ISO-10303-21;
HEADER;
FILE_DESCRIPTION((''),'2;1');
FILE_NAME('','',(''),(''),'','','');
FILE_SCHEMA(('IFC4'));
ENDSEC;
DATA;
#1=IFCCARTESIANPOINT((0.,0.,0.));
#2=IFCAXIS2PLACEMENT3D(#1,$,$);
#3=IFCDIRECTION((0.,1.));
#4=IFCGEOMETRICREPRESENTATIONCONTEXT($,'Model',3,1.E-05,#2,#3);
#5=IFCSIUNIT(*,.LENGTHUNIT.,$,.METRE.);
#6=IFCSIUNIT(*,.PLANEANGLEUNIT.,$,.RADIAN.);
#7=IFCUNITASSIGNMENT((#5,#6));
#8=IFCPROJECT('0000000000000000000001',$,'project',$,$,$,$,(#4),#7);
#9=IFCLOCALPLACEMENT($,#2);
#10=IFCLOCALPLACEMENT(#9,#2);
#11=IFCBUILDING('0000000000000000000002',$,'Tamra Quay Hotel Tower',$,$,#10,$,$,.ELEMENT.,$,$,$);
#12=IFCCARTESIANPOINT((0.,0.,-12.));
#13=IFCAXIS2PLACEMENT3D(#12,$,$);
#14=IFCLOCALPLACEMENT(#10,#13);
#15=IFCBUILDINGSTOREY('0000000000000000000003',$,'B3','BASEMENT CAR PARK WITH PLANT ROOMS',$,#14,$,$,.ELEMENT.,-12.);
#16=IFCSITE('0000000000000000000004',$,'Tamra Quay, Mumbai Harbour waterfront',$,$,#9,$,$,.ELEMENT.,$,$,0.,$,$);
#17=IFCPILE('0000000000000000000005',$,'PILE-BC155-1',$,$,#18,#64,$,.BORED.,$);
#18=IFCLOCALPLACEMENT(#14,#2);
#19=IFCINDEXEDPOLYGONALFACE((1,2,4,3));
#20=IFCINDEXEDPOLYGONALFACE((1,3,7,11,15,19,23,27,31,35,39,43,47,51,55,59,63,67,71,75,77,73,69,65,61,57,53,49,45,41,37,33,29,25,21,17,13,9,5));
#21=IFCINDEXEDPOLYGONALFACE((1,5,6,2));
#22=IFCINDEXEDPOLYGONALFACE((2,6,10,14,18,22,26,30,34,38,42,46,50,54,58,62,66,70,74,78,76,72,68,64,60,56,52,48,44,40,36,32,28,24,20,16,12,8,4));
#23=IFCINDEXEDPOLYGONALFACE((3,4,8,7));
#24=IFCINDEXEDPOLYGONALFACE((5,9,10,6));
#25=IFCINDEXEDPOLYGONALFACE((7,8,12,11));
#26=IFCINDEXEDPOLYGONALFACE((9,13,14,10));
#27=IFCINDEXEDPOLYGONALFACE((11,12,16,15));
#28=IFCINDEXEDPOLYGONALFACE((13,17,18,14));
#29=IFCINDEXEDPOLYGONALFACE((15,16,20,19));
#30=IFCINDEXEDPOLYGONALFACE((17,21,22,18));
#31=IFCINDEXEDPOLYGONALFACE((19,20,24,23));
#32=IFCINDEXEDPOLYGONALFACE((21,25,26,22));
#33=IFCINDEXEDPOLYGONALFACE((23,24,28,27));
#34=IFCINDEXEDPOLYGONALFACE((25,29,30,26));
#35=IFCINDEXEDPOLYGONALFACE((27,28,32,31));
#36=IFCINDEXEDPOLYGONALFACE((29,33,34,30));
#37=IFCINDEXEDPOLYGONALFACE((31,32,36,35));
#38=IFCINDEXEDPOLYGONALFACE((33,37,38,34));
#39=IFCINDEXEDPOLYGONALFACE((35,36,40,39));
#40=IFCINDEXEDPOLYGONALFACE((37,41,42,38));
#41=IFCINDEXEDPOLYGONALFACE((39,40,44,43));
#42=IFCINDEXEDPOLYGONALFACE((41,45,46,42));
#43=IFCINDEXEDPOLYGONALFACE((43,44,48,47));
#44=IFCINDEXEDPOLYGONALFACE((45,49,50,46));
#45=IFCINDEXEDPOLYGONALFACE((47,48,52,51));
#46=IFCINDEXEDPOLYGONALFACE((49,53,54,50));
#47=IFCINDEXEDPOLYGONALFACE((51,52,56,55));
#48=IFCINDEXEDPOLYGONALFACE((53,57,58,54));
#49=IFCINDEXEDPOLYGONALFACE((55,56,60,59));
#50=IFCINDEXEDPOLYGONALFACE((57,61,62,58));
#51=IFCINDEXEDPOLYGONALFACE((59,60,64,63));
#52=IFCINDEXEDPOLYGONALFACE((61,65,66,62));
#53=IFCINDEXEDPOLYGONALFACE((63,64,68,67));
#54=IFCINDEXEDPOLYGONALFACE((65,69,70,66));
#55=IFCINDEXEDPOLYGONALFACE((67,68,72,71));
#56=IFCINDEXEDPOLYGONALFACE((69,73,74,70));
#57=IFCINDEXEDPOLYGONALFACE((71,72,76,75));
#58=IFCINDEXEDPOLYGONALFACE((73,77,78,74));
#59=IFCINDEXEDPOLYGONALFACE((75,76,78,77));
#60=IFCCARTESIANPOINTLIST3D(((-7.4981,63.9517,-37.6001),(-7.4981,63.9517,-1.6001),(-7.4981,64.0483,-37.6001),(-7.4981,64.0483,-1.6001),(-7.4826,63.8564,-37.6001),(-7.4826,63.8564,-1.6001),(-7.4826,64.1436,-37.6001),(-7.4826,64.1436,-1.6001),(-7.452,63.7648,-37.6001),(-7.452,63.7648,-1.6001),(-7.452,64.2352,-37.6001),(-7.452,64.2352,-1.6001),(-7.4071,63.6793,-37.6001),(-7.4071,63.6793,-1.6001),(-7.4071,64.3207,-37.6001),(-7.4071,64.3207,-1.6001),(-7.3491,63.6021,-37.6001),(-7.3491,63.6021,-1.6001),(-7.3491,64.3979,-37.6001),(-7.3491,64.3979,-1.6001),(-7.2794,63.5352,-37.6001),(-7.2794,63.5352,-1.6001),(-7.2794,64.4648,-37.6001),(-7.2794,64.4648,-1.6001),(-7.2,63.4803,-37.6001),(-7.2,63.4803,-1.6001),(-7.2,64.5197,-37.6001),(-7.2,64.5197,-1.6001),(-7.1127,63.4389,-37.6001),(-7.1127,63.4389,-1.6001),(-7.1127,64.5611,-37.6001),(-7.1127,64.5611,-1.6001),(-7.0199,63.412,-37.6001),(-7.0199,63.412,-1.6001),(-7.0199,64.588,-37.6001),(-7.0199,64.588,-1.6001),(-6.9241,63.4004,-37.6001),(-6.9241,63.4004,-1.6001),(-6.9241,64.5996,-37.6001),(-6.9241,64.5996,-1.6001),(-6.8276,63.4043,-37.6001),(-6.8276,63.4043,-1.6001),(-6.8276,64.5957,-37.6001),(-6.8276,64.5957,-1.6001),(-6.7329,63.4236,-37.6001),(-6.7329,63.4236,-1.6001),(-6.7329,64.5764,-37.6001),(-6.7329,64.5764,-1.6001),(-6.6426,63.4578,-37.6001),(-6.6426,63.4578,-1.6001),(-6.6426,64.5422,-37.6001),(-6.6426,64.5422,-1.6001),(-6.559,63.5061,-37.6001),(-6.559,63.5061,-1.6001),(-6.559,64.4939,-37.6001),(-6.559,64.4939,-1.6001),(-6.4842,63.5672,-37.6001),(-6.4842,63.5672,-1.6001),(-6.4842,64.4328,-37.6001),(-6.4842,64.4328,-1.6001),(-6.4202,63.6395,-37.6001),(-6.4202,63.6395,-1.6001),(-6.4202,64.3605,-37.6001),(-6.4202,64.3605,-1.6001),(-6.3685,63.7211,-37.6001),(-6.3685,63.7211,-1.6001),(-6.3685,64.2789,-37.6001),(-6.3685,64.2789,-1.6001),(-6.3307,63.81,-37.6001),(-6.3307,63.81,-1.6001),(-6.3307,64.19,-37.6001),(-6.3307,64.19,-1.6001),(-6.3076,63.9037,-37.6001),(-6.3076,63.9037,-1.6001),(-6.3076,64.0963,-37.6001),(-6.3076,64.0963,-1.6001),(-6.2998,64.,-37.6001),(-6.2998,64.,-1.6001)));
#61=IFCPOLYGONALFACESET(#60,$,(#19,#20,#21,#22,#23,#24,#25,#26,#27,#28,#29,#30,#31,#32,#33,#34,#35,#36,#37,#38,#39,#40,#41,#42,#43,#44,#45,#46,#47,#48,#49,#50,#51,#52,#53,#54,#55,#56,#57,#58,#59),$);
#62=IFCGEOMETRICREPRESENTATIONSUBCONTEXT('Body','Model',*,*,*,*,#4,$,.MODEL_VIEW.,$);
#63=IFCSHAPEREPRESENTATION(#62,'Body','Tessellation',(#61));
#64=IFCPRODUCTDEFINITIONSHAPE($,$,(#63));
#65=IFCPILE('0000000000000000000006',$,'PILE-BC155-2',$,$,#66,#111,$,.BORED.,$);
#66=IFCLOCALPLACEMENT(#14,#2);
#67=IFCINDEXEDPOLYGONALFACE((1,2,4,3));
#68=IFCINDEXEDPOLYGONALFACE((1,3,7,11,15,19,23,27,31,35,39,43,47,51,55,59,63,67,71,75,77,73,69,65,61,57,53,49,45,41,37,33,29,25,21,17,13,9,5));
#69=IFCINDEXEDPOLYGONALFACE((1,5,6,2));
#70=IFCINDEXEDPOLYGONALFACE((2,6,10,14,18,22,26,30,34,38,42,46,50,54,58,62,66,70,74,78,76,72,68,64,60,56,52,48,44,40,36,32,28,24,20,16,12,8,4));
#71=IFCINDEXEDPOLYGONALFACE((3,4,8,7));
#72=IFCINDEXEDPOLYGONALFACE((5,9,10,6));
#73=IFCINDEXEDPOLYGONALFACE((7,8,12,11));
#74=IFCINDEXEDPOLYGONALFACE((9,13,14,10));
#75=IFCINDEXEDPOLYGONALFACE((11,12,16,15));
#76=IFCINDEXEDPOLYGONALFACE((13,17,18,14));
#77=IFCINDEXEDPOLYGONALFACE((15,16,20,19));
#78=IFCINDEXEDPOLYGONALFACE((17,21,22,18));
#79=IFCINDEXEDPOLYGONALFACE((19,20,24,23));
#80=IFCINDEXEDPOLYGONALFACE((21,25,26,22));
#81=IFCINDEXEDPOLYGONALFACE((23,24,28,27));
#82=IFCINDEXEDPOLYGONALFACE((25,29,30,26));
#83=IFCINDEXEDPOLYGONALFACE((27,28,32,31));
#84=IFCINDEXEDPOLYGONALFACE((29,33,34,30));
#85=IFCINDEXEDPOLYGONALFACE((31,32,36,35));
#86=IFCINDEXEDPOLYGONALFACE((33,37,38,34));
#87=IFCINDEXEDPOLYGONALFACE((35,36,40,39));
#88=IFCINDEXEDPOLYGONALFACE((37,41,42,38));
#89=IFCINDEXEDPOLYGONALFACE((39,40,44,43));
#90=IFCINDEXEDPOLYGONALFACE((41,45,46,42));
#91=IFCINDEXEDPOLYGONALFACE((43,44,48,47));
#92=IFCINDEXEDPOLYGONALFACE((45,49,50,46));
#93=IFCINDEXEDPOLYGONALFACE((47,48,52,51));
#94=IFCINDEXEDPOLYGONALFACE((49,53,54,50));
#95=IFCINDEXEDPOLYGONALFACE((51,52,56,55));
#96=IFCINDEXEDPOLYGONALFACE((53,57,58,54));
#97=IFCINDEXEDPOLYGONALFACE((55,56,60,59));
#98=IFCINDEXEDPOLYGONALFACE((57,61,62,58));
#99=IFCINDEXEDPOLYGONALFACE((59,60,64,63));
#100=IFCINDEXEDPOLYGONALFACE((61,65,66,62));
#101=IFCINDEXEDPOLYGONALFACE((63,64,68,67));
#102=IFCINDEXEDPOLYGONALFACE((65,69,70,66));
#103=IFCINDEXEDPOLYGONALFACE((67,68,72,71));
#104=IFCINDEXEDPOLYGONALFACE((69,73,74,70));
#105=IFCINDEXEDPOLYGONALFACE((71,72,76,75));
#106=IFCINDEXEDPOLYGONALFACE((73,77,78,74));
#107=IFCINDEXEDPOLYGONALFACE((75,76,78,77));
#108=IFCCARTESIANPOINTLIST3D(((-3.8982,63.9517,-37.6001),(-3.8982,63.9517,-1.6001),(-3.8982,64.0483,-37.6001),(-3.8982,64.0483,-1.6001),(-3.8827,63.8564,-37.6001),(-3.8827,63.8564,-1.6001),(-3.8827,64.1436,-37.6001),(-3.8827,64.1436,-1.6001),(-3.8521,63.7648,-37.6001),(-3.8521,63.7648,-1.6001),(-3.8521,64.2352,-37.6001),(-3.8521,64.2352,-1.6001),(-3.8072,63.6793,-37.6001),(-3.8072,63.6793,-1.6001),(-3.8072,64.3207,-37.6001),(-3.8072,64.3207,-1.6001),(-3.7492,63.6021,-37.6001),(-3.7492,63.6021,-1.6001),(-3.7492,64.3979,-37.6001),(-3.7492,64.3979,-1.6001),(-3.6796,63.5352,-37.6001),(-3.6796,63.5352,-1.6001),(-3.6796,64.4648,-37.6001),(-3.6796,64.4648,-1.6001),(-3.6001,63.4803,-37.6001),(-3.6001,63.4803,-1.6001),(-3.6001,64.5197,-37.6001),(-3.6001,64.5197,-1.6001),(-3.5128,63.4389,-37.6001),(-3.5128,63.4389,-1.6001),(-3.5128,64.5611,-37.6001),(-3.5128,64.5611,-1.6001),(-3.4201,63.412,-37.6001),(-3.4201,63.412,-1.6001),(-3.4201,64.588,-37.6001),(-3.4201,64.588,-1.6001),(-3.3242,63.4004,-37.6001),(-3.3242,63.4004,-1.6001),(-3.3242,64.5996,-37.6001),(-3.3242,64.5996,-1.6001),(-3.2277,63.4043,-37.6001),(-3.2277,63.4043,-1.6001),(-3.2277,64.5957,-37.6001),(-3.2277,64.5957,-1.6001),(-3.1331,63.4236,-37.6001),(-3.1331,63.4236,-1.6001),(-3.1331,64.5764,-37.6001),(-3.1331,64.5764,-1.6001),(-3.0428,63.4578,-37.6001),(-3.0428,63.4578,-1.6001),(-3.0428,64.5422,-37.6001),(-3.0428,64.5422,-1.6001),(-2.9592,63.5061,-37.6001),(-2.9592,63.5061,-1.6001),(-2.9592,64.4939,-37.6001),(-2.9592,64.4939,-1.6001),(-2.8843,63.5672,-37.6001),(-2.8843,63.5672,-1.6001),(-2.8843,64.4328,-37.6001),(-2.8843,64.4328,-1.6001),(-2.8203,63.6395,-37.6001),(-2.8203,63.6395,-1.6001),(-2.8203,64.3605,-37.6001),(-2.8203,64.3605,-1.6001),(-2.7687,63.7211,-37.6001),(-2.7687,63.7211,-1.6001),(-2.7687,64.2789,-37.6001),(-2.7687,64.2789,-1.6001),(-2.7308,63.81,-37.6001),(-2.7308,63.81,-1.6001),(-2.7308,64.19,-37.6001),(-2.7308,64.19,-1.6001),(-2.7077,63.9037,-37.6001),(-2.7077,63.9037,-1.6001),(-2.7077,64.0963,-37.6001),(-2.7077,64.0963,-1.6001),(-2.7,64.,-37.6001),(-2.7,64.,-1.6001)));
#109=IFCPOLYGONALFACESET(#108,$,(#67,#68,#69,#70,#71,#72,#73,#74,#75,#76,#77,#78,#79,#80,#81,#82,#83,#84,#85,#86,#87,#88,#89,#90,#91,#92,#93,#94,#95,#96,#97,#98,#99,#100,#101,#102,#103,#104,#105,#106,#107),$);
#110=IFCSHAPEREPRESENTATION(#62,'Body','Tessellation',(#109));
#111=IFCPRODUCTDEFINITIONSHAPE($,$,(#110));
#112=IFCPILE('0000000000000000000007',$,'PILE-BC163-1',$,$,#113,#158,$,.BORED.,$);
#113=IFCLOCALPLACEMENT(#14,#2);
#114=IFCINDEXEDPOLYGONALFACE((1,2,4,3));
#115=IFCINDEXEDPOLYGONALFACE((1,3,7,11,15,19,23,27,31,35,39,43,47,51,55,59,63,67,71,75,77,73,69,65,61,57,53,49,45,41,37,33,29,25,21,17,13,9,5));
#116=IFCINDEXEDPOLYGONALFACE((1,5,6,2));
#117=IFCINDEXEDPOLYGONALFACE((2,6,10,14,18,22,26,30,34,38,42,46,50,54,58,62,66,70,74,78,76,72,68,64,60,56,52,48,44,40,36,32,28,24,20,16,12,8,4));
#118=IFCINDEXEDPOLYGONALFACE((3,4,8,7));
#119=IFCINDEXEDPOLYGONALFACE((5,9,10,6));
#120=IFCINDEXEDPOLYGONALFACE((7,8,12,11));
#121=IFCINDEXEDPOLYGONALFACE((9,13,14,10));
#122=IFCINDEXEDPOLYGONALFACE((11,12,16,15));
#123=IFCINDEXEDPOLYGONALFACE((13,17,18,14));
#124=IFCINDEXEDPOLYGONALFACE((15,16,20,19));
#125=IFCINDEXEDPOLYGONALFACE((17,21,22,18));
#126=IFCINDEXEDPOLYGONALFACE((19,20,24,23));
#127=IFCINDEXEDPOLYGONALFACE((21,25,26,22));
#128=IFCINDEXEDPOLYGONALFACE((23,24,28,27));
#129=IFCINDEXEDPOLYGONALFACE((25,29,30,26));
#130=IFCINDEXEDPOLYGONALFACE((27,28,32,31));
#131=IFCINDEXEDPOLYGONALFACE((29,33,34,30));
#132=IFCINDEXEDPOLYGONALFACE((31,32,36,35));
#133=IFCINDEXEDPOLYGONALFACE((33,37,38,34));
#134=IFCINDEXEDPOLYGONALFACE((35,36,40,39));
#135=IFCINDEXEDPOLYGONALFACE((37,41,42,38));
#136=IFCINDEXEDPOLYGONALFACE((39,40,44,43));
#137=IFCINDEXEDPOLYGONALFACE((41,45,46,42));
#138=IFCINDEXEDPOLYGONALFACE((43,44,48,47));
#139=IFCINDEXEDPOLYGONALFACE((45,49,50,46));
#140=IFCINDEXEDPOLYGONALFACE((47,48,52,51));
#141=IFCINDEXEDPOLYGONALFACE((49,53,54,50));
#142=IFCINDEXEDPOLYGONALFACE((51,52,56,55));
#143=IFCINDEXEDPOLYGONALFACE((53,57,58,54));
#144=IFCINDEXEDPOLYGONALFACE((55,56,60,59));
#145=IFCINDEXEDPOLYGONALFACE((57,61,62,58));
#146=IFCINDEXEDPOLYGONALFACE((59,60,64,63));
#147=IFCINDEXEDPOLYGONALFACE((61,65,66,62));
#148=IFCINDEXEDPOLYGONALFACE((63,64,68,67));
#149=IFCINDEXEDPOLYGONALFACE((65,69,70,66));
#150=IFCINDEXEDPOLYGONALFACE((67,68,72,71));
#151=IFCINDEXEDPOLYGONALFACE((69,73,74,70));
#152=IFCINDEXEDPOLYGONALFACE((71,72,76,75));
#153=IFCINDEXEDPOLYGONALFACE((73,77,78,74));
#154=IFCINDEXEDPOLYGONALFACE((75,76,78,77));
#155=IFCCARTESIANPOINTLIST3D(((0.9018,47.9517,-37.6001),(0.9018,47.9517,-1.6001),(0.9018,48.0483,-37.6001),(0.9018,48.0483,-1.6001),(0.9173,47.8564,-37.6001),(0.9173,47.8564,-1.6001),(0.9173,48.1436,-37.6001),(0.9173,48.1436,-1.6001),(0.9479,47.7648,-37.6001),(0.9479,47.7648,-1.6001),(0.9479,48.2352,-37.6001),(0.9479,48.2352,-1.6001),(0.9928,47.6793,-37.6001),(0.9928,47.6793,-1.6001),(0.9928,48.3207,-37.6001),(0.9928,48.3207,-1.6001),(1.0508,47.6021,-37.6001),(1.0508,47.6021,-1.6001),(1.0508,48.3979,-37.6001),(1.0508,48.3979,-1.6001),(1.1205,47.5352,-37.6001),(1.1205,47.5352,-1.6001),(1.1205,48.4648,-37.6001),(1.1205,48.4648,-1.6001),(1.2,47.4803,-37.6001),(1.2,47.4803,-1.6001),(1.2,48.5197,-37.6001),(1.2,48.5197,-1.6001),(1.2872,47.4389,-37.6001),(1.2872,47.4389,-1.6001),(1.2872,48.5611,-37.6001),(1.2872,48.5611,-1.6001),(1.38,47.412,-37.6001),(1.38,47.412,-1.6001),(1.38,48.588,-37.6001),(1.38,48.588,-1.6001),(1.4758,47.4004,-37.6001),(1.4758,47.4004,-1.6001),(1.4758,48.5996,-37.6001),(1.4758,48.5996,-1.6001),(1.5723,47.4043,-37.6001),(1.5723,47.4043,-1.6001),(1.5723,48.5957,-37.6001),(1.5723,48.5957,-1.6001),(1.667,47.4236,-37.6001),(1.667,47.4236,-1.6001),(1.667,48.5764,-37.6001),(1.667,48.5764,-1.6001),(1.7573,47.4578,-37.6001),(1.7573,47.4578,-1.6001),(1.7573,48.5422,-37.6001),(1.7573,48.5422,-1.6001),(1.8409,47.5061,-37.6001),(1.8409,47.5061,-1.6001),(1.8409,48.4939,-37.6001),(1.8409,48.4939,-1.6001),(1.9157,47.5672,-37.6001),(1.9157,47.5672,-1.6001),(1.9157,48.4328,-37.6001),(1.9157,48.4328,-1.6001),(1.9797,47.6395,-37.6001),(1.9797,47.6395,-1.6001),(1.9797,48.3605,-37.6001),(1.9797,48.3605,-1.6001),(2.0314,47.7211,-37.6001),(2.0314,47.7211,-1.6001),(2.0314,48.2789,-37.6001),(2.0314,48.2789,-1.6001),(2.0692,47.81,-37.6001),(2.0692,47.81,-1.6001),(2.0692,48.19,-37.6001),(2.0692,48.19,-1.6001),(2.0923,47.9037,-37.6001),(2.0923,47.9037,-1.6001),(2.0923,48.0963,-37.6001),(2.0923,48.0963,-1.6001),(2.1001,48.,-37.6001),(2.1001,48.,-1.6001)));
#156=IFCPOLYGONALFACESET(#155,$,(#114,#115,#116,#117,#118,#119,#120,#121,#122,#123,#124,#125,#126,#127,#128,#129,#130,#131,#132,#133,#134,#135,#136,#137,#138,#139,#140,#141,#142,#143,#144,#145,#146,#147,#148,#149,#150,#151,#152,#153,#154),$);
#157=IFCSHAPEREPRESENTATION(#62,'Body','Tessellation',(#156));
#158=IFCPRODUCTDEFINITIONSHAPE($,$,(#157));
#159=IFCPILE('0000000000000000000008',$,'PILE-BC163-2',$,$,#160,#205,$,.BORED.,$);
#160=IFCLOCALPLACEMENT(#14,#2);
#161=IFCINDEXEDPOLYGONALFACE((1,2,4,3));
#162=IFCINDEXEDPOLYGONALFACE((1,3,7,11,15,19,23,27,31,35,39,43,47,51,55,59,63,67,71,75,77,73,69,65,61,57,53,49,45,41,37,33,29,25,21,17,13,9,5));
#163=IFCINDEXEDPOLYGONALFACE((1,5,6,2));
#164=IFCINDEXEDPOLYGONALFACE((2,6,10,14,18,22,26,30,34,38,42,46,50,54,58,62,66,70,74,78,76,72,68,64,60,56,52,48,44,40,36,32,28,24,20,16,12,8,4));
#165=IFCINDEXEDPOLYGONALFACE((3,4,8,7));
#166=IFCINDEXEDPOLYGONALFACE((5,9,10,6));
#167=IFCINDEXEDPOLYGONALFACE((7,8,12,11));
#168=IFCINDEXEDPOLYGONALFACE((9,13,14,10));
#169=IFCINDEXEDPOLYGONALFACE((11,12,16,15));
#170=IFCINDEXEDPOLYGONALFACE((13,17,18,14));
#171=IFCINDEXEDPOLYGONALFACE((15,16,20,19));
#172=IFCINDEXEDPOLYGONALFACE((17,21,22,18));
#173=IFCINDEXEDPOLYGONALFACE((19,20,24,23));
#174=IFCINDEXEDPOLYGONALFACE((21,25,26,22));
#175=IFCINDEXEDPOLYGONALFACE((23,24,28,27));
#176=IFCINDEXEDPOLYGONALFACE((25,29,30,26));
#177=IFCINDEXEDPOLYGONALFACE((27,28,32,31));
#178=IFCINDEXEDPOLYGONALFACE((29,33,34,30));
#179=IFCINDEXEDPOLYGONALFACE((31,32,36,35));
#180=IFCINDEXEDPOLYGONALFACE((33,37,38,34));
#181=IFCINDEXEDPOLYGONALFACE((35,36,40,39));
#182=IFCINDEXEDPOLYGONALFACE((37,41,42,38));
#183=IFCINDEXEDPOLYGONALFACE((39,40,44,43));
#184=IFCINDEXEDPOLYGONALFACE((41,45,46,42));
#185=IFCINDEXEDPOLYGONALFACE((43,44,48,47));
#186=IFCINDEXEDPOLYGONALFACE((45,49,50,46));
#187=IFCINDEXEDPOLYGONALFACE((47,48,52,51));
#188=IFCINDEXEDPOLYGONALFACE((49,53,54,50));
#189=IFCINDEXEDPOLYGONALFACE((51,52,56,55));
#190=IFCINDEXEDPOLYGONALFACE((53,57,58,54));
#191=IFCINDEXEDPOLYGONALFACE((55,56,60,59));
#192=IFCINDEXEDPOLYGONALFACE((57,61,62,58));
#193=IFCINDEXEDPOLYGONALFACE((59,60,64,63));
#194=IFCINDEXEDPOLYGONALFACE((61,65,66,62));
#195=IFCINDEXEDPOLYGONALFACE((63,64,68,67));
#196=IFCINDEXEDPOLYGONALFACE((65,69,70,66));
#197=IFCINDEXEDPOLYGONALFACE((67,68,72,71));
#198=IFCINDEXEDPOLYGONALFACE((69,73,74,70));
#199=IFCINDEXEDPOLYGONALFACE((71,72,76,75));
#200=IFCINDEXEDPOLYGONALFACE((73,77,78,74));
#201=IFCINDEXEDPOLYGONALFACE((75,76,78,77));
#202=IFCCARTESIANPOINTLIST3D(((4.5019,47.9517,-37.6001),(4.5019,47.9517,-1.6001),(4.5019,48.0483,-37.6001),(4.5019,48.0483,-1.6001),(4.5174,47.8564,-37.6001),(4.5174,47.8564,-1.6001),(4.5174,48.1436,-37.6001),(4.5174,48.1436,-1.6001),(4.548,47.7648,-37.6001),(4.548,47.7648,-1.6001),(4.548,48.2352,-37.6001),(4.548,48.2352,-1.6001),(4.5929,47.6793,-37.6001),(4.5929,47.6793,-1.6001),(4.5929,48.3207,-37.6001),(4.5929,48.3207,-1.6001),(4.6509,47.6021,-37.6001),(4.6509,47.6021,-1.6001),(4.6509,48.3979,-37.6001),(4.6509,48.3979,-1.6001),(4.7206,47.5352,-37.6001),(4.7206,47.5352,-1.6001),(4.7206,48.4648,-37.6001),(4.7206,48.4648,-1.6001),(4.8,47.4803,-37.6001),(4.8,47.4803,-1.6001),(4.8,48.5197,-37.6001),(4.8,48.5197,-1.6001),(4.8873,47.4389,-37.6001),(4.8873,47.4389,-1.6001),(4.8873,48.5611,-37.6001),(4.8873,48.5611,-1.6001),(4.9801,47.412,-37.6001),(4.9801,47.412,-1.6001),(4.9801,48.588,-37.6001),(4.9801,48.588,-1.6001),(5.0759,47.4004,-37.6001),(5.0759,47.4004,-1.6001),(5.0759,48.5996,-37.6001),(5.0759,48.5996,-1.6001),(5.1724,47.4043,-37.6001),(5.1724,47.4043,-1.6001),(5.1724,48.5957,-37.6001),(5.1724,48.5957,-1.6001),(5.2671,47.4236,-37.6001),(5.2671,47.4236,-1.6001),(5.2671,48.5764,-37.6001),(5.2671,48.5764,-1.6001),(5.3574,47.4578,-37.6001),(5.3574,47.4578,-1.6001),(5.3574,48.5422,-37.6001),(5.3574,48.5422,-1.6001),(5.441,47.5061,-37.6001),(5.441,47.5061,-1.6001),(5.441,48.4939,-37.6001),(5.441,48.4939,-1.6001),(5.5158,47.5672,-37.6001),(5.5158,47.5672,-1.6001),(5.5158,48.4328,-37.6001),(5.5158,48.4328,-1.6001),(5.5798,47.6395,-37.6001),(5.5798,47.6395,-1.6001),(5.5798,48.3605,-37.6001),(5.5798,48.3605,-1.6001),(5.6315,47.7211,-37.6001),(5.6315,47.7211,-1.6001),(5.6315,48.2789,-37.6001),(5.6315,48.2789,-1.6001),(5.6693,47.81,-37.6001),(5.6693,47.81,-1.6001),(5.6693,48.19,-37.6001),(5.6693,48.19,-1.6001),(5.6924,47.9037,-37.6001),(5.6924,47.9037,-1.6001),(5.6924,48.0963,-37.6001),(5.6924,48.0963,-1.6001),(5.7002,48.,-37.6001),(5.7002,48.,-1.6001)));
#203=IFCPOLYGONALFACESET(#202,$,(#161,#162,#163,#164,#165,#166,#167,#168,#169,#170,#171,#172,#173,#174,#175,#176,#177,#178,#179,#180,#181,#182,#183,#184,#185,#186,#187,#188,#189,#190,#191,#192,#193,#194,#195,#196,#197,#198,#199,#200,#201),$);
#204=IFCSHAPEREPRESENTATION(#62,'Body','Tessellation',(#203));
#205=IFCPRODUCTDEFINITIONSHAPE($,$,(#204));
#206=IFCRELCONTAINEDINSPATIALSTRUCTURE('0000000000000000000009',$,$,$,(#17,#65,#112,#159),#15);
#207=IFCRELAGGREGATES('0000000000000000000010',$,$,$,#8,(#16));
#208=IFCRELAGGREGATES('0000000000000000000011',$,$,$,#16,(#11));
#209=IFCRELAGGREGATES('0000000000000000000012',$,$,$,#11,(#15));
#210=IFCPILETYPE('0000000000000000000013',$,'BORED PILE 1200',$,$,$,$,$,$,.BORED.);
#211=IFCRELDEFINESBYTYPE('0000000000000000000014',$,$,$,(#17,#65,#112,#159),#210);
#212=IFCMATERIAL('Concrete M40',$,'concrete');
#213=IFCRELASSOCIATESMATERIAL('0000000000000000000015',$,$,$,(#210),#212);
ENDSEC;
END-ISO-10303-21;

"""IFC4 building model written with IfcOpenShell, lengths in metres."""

from ifc_helpers import new_model, si_unit, direction, frame, origin, origin_2d, place, context, subcontext, project, spatial, circle, extrude, material, material_profile, profile_set, type_object, element, save


model = new_model("IFC4")

# Units and contexts
model_context = context("Model", 3, precision=1e-05, world=origin(), true_north=direction((0.0, 1.0)))
body_context = subcontext(model_context, "Body", "Model", "MODEL_VIEW")
ifc_project = project(units=[si_unit("LENGTHUNIT", "METRE"), si_unit("PLANEANGLEUNIT", "RADIAN")], contexts=[model_context])

# Site, building, storey
site_placement = place(None, origin())
site = spatial("IfcSite", under=ifc_project, at=site_placement, Name="Tamra Quay, Mumbai Harbour waterfront", CompositionType="ELEMENT", RefElevation=0.0)
building_placement = place(site_placement, origin())
building = spatial("IfcBuilding", under=site, at=building_placement, Name="Tamra Quay Hotel Tower", CompositionType="ELEMENT")
storey_placement = place(building_placement, frame((0.0, 0.0, -12.0)))
storey = spatial("IfcBuildingStorey", under=building, at=storey_placement, Name="B3", Description="BASEMENT CAR PARK WITH PLANT ROOMS", CompositionType="ELEMENT", Elevation=-12.0)

# Piles
ifc_material_1 = material(Name="Concrete M40", Category="concrete")
ifc_material_profile_1 = material_profile(ifc_material_1, circle(Radius=0.6001, at=origin_2d()), Name="BORED PILE 1200")
ifc_profile_set_1 = profile_set([ifc_material_profile_1], Name="Concrete M40")
pile_type = type_object("IfcPileType", Name="BORED PILE 1200", PredefinedType="BORED", material=ifc_profile_set_1)
for number, where, z_axis, x_axis, name in (
    (1, (-6.8999, 64.0, -1.6001), (0.0, 0.0, -1.0), (1.0, 0.0, 0.0), "PILE-BC155-1"),
    (2, (-3.3, 64.0, -1.6001), (0.0, 0.0, -1.0), (1.0, 0.0, 0.0), "PILE-BC155-2"),
    (3, (1.5, 48.0, -1.6001), (0.0, 0.0, -1.0), (1.0, 0.0, 0.0), "PILE-BC163-1"),
    (4, (5.1001, 48.0, -1.6001), (0.0, 0.0, -1.0), (1.0, 0.0, 0.0), "PILE-BC163-2"),
):
    element("IfcPile", number, at=place(storey_placement, frame(where, z_axis=z_axis, x_axis=x_axis)), inside=storey, type_object=pile_type, Name=name, PredefinedType="BORED", context=body_context, shape_type="SweptSolid", body=[
        extrude(circle(Radius=0.6001, at=origin_2d()), origin(), (0.0, 0.0, 1.0), 36.0),
    ])

save(model, "model.ifc")
